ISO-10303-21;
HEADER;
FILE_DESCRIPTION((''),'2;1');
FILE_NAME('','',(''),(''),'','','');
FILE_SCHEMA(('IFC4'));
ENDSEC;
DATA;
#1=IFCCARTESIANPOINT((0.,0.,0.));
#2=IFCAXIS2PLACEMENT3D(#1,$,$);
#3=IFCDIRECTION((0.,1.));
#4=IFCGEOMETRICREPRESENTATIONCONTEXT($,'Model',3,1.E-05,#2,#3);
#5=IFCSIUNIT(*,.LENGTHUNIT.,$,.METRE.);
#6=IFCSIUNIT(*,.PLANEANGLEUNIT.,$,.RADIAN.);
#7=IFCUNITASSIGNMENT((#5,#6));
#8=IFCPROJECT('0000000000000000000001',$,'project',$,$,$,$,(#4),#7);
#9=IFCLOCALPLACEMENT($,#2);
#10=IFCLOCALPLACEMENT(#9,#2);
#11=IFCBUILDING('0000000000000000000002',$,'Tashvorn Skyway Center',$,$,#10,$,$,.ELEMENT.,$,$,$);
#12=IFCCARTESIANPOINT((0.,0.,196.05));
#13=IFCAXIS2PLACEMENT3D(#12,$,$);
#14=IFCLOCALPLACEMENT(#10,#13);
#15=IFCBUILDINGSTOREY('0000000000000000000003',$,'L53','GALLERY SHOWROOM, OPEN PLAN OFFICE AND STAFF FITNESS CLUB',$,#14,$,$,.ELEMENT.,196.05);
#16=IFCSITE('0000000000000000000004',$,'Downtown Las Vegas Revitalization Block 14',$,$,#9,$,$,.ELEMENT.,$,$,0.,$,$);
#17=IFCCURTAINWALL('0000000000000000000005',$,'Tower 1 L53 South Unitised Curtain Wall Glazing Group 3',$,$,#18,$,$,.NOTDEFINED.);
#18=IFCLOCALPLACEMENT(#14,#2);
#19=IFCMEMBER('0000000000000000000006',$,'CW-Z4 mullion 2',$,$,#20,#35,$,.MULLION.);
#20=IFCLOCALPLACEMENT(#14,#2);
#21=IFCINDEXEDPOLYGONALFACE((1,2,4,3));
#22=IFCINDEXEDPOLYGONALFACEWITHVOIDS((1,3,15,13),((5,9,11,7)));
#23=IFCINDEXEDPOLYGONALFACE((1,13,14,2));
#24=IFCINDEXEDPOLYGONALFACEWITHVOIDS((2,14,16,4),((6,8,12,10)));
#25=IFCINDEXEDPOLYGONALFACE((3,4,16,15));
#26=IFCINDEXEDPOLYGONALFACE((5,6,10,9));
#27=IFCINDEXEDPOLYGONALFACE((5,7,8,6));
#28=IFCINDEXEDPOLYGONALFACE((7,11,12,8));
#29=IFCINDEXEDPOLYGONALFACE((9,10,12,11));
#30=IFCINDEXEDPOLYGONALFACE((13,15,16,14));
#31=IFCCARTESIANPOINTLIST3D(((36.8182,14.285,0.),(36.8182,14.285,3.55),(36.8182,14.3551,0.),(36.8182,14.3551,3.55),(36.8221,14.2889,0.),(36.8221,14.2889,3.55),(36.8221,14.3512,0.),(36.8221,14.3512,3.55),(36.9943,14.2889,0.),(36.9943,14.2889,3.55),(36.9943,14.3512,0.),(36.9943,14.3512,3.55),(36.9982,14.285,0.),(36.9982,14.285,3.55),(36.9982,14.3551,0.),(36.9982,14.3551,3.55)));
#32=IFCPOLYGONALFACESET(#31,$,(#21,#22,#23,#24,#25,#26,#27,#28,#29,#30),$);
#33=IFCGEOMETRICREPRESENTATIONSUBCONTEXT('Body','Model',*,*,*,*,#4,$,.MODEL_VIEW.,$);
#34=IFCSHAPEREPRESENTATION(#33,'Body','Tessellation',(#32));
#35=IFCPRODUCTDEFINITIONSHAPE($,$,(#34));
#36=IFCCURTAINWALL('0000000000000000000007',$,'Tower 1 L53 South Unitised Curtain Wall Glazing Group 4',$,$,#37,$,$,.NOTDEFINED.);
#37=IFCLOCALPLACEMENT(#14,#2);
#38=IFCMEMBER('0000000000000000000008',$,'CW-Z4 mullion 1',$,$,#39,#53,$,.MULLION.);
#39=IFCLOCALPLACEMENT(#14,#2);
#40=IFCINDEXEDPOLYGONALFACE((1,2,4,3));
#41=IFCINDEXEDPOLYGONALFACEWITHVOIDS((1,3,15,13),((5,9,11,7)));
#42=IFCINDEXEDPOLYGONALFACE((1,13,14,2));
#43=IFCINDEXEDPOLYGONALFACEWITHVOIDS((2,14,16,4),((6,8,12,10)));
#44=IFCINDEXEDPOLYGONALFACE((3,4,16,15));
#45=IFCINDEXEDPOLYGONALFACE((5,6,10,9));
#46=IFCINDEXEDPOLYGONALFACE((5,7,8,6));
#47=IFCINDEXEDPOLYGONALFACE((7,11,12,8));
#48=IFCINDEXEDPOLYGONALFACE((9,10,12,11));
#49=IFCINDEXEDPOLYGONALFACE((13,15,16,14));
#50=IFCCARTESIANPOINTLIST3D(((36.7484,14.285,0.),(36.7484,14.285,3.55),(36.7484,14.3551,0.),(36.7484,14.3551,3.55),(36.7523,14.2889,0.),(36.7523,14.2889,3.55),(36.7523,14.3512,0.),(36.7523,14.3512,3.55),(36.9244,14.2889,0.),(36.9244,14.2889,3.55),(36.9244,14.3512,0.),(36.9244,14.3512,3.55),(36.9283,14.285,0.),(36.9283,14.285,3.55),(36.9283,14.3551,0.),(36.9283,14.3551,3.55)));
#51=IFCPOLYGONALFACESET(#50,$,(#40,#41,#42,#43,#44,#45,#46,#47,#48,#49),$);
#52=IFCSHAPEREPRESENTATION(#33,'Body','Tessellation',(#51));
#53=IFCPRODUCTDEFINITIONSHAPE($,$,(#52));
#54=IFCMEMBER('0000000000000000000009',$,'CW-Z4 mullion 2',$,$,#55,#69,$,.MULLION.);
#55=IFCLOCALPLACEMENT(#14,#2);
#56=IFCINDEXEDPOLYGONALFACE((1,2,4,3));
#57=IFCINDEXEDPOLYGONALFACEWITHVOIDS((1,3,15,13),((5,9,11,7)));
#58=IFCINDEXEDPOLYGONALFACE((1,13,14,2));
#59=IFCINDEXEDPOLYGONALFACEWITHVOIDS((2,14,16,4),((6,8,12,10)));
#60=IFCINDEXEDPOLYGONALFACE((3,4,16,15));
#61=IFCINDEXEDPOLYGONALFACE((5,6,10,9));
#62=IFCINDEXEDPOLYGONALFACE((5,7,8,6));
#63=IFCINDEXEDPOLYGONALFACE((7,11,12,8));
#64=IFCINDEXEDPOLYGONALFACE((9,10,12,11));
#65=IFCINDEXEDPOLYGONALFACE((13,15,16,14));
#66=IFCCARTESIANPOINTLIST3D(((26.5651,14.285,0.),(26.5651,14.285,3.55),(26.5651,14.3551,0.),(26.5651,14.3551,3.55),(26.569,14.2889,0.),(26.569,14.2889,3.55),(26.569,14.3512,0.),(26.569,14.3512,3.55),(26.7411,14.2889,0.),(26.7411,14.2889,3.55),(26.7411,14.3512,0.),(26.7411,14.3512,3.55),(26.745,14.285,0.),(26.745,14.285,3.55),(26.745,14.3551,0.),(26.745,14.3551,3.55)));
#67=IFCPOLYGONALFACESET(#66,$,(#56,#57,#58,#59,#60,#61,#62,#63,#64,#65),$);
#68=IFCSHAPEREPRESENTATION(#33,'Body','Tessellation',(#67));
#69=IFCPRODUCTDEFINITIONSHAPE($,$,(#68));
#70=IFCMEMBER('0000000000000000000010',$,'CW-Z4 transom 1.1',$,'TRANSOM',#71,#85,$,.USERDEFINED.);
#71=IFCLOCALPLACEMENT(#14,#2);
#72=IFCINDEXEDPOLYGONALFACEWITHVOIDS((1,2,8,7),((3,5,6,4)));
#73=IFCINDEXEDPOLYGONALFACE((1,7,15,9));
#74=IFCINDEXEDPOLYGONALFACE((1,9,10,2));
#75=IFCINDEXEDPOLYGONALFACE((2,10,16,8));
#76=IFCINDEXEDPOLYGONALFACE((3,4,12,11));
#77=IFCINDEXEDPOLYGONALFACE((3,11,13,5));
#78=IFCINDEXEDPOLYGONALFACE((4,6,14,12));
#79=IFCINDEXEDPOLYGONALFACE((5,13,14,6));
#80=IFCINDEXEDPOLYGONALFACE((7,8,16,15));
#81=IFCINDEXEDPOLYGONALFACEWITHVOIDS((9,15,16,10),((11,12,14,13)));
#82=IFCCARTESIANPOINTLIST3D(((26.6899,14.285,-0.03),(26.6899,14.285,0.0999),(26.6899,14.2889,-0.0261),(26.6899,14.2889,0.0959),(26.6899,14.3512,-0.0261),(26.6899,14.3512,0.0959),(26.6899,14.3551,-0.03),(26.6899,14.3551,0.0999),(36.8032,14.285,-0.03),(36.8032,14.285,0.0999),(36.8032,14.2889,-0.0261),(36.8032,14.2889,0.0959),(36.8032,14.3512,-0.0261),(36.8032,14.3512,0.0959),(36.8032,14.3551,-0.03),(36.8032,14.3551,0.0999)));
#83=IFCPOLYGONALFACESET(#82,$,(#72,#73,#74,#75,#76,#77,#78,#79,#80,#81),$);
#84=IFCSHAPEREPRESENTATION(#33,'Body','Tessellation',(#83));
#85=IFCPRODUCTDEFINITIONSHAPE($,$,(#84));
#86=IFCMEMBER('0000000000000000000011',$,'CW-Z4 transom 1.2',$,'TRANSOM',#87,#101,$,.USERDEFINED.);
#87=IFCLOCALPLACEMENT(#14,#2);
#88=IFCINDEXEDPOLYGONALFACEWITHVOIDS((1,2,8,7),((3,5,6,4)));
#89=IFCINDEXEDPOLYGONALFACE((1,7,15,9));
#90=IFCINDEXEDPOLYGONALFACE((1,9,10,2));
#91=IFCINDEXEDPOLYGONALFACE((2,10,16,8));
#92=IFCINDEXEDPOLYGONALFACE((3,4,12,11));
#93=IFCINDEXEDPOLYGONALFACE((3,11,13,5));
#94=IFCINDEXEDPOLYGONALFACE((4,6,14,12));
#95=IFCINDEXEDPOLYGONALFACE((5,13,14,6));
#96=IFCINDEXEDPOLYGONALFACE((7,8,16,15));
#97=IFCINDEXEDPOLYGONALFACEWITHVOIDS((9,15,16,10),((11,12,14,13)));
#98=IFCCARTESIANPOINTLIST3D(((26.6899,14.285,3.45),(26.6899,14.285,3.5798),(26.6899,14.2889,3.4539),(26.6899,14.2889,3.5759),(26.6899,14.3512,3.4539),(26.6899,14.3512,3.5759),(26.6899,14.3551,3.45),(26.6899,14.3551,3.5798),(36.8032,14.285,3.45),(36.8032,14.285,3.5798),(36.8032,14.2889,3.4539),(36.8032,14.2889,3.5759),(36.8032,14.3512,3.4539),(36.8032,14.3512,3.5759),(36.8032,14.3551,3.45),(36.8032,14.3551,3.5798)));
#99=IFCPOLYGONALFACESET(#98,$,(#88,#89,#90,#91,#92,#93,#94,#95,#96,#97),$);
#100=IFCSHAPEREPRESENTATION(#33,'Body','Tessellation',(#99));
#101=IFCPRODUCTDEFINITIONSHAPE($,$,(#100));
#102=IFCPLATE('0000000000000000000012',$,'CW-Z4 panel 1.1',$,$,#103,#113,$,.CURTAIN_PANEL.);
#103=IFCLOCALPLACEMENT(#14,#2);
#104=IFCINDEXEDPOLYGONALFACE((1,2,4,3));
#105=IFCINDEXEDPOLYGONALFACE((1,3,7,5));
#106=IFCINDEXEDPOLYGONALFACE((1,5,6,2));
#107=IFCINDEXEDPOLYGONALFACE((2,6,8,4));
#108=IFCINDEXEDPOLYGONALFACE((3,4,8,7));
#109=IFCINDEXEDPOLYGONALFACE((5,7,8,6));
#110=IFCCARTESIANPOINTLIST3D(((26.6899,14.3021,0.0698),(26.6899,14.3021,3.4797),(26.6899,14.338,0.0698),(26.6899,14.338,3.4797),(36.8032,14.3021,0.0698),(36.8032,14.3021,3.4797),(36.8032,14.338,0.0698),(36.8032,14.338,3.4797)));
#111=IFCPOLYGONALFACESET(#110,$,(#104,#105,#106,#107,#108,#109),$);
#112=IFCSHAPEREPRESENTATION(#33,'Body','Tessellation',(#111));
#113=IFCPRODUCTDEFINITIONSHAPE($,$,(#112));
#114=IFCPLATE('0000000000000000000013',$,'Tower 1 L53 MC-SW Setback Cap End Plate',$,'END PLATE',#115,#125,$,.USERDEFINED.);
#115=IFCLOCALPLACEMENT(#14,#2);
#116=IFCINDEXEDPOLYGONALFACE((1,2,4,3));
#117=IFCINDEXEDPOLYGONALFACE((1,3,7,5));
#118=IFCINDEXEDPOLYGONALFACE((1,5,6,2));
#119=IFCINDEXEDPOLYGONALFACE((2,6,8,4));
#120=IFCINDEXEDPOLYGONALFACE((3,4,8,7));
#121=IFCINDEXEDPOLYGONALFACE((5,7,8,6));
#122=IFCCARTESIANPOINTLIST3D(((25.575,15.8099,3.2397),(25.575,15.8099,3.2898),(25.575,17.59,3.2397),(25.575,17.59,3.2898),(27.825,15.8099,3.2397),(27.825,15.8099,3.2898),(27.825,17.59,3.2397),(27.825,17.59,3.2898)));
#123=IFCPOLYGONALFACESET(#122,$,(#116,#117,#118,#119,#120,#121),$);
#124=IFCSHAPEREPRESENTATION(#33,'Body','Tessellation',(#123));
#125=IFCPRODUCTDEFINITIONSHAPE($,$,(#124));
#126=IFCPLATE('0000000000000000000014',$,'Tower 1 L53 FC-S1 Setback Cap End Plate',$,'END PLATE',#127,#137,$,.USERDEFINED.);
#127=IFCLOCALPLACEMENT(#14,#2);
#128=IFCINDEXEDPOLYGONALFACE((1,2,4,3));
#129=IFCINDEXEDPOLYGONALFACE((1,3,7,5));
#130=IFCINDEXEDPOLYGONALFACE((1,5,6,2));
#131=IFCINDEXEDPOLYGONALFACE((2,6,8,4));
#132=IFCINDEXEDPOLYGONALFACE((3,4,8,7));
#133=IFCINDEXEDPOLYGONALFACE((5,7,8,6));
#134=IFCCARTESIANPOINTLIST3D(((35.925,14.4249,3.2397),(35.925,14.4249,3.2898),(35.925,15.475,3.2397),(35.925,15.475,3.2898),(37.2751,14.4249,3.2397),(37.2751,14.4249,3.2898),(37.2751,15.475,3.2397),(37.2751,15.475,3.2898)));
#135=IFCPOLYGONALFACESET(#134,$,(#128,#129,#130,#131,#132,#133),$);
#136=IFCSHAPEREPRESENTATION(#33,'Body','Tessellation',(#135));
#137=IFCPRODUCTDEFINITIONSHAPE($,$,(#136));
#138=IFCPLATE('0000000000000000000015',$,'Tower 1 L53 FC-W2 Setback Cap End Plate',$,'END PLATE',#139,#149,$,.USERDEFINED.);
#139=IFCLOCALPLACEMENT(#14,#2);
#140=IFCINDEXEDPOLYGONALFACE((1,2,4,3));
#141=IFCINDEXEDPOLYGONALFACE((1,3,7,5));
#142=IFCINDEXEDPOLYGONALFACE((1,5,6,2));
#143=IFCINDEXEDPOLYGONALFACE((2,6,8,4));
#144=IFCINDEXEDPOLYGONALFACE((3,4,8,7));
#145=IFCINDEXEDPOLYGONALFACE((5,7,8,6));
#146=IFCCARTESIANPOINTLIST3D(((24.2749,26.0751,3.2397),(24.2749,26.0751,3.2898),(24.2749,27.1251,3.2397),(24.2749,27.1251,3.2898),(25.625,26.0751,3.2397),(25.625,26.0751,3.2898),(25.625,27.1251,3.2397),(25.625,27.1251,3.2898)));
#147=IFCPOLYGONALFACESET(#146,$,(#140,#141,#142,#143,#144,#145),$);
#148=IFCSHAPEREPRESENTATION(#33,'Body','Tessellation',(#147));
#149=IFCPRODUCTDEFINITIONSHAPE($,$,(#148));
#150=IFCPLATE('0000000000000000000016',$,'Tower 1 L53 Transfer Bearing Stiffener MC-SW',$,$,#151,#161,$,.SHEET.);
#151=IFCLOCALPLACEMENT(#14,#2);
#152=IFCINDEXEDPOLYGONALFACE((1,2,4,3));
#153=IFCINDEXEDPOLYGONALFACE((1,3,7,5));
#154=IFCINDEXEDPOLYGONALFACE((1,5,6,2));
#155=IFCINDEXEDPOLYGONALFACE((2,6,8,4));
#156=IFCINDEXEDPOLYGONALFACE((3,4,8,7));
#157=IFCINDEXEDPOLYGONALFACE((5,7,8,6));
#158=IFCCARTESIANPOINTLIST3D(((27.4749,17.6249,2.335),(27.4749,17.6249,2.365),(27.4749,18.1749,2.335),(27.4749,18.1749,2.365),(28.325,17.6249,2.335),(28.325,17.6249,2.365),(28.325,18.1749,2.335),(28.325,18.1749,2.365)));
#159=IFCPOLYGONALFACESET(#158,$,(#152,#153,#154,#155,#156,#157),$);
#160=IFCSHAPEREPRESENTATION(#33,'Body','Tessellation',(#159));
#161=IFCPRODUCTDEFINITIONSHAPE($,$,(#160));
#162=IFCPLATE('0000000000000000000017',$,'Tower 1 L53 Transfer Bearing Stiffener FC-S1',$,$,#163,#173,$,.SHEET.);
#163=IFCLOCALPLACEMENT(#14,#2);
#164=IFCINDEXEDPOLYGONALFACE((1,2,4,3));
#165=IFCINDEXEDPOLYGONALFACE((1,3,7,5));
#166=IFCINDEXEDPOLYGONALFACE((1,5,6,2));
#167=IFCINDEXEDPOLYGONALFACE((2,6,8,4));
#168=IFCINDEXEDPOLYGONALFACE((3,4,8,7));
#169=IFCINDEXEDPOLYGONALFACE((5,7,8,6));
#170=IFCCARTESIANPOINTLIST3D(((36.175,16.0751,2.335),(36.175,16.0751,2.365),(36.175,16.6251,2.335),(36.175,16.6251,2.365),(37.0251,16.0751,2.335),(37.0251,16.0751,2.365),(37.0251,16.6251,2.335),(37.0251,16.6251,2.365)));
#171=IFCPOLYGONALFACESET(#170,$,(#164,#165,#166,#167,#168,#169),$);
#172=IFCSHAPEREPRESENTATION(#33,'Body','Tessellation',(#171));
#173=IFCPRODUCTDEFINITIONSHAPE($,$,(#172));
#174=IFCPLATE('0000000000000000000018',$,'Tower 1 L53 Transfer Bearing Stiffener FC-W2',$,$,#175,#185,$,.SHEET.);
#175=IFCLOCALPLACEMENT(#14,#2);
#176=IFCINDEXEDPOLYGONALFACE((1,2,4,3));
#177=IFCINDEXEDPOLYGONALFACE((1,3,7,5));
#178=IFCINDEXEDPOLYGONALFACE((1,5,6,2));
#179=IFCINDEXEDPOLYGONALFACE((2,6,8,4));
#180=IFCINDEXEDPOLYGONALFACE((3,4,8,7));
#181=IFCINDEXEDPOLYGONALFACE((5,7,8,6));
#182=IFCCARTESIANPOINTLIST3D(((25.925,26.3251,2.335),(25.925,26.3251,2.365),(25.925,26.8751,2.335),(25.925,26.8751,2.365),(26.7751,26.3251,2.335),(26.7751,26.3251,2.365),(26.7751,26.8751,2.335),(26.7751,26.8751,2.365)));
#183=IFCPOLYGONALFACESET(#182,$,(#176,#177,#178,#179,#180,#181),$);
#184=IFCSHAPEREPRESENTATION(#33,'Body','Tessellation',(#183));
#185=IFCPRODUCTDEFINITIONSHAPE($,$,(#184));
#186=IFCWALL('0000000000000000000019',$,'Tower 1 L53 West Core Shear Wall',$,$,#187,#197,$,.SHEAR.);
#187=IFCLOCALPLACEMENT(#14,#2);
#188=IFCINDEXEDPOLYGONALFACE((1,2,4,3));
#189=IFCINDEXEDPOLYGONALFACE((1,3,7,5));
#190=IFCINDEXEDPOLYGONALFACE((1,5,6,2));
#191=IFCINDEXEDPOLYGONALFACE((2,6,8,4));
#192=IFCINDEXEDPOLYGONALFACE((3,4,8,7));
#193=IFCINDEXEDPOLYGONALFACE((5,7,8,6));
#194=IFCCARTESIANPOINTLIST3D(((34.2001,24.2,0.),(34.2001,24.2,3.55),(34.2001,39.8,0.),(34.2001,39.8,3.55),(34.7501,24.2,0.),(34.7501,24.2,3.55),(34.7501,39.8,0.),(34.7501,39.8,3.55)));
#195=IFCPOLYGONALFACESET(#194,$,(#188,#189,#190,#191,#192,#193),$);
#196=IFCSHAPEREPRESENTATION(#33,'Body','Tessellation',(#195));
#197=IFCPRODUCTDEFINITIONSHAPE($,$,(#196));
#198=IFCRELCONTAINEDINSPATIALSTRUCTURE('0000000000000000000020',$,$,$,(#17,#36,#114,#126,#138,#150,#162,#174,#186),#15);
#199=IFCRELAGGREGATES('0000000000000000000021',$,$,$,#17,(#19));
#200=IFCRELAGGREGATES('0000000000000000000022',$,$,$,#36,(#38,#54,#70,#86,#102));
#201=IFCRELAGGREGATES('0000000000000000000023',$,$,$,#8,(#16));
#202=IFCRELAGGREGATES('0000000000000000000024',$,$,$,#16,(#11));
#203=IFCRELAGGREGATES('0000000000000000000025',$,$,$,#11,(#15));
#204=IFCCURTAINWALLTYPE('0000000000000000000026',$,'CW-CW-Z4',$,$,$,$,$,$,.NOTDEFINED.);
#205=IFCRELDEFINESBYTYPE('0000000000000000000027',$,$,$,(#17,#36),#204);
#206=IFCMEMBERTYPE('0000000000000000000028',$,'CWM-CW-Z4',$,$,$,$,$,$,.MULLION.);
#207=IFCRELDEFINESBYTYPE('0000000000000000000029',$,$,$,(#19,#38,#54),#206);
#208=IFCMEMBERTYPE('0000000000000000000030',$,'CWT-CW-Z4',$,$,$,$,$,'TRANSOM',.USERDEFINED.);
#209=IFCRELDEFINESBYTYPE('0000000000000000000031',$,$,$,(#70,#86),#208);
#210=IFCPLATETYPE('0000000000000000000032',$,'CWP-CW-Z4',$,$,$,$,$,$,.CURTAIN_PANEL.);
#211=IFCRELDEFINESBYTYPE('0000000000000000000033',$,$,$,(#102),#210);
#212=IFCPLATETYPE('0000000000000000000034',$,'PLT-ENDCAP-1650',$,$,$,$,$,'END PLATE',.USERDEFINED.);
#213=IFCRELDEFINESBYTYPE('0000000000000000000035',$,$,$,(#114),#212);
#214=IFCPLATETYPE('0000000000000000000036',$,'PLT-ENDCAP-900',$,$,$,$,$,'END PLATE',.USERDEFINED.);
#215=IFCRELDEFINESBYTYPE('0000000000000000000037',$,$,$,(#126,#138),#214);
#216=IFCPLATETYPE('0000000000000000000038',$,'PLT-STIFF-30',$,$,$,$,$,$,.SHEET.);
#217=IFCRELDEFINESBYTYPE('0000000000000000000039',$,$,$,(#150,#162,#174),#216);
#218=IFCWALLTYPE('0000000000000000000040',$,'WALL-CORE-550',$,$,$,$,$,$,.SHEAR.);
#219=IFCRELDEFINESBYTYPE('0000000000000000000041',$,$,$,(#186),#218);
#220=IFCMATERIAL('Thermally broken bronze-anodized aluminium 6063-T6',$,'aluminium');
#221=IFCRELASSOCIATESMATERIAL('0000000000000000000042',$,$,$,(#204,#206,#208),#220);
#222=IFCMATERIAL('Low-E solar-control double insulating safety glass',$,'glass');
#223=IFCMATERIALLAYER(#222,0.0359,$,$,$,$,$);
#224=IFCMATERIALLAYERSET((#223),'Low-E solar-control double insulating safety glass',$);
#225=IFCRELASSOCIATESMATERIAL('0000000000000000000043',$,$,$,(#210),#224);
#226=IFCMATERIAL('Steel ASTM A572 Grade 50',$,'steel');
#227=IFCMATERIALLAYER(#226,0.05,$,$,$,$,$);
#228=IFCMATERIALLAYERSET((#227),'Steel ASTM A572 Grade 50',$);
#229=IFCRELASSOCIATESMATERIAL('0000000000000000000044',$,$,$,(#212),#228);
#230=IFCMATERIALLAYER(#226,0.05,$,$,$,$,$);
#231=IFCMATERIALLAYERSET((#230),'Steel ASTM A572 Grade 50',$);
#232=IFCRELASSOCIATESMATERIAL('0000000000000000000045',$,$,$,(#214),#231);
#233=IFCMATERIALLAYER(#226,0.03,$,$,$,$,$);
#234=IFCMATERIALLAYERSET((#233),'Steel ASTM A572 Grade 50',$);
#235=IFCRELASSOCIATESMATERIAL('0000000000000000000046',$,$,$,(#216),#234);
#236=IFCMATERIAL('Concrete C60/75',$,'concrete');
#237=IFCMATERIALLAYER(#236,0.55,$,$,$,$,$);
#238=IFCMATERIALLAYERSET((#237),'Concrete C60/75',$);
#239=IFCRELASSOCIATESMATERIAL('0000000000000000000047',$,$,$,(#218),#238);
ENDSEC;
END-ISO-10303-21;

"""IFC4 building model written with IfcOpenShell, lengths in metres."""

from ifc_helpers import new_model, si_unit, direction, frame, frame_2d, origin, origin_2d, place, context, subcontext, project, spatial, rectangle, hollow_rectangle, extrude, material, layer, layer_set, material_profile, profile_set, type_object, element, aggregate, save


model = new_model("IFC4")

# Units and contexts
model_context = context("Model", 3, precision=1e-05, world=origin(), true_north=direction((0.0, 1.0)))
body_context = subcontext(model_context, "Body", "Model", "MODEL_VIEW")
ifc_project = project(units=[si_unit("LENGTHUNIT", "METRE"), si_unit("PLANEANGLEUNIT", "RADIAN")], contexts=[model_context])

# Site, building, storey
site_placement = place(None, origin())
site = spatial("IfcSite", under=ifc_project, at=site_placement, Name="Downtown Las Vegas Revitalization Block 14", CompositionType="ELEMENT", RefElevation=0.0)
building_placement = place(site_placement, origin())
building = spatial("IfcBuilding", under=site, at=building_placement, Name="Tashvorn Skyway Center", CompositionType="ELEMENT")
storey_placement = place(building_placement, frame((0.0, 0.0, 196.05)))
storey = spatial("IfcBuildingStorey", under=building, at=storey_placement, Name="L53", Description="GALLERY SHOWROOM, OPEN PLAN OFFICE AND STAFF FITNESS CLUB", CompositionType="ELEMENT", Elevation=196.05)

# Shared definitions
ifc_material_1 = material(Name="Steel ASTM A572 Grade 50", Category="steel")

# Curtain wall, member
ifc_material_2 = material(Name="Thermally broken bronze-anodized aluminium 6063-T6", Category="aluminium")
curtain_wall_type = type_object("IfcCurtainWallType", Name="CW-CW-Z4", PredefinedType="NOTDEFINED", material=ifc_material_2)
curtain_wall_1_placement = place(storey_placement, origin())
curtain_wall_1 = element("IfcCurtainWall", 1, at=curtain_wall_1_placement, inside=storey, type_object=curtain_wall_type, Name="Tower 1 L53 South Unitised Curtain Wall Glazing Group 3", PredefinedType="NOTDEFINED")
ifc_material_profile_1 = material_profile(ifc_material_2, hollow_rectangle(XDim=0.0701, YDim=0.1799, WallThickness=0.0039, at=origin_2d()), Name="ALU-MULL-70x180")
ifc_profile_set_1 = profile_set([ifc_material_profile_1], Name="Thermally broken bronze-anodized aluminium 6063-T6")
member_type_1 = type_object("IfcMemberType", Name="CWM-CW-Z4", PredefinedType="MULLION", material=ifc_profile_set_1)
member_1_placement = place(storey_placement, frame((36.9082, 14.3201, 0.0), z_axis=(0.0, 0.0, 1.0), x_axis=(0.0, -1.0, 0.0)))
member_1 = element("IfcMember", 2, at=member_1_placement, type_object=member_type_1, Name="CW-Z4 mullion 2", PredefinedType="MULLION", context=body_context, shape_type="SweptSolid", body=[
    extrude(hollow_rectangle(XDim=0.0701, YDim=0.1799, WallThickness=0.0039, at=origin_2d()), origin(), (0.0, 0.0, 1.0), 3.55),
])
aggregate(curtain_wall_1, [member_1])

# Curtain wall, members, plate
curtain_wall_2_placement = place(storey_placement, origin())
curtain_wall_2 = element("IfcCurtainWall", 3, at=curtain_wall_2_placement, inside=storey, type_object=curtain_wall_type, Name="Tower 1 L53 South Unitised Curtain Wall Glazing Group 4", PredefinedType="NOTDEFINED")
member_2_placement = place(storey_placement, frame((36.8384, 14.3201, 0.0), z_axis=(0.0, 0.0, 1.0), x_axis=(0.0, -1.0, 0.0)))
member_2 = element("IfcMember", 4, at=member_2_placement, type_object=member_type_1, Name="CW-Z4 mullion 1", PredefinedType="MULLION", context=body_context, shape_type="SweptSolid", body=[
    extrude(hollow_rectangle(XDim=0.0701, YDim=0.1799, WallThickness=0.0039, at=origin_2d()), origin(), (0.0, 0.0, 1.0), 3.55),
])
member_3_placement = place(storey_placement, frame((26.655, 14.3201, 0.0), z_axis=(0.0, 0.0, 1.0), x_axis=(0.0, -1.0, 0.0)))
member_3 = element("IfcMember", 5, at=member_3_placement, type_object=member_type_1, Name="CW-Z4 mullion 2", PredefinedType="MULLION", context=body_context, shape_type="SweptSolid", body=[
    extrude(hollow_rectangle(XDim=0.0701, YDim=0.1799, WallThickness=0.0039, at=origin_2d()), origin(), (0.0, 0.0, 1.0), 3.55),
])
ifc_material_profile_2 = material_profile(ifc_material_2, hollow_rectangle(XDim=0.0701, YDim=0.1299, WallThickness=0.0039, at=origin_2d()), Name="ALU-TRAN-70x130")
ifc_profile_set_2 = profile_set([ifc_material_profile_2], Name="Thermally broken bronze-anodized aluminium 6063-T6")
member_type_2 = type_object("IfcMemberType", Name="CWT-CW-Z4", ElementType="TRANSOM", PredefinedType="USERDEFINED", material=ifc_profile_set_2)
member_4_placement = place(storey_placement, frame((36.8032, 14.3201, 0.0349), z_axis=(-1.0, 0.0, 0.0), x_axis=(0.0, -1.0, 0.0)))
member_4 = element("IfcMember", 6, at=member_4_placement, type_object=member_type_2, Name="CW-Z4 transom 1.1", ObjectType="TRANSOM", PredefinedType="USERDEFINED", context=body_context, shape_type="SweptSolid", body=[
    extrude(hollow_rectangle(XDim=0.0701, YDim=0.1299, WallThickness=0.0039, at=origin_2d()), origin(), (0.0, 0.0, 1.0), 10.1133),
])
member_5_placement = place(storey_placement, frame((36.8032, 14.3201, 3.5149), z_axis=(-1.0, 0.0, 0.0), x_axis=(0.0, -1.0, 0.0)))
member_5 = element("IfcMember", 7, at=member_5_placement, type_object=member_type_2, Name="CW-Z4 transom 1.2", ObjectType="TRANSOM", PredefinedType="USERDEFINED", context=body_context, shape_type="SweptSolid", body=[
    extrude(hollow_rectangle(XDim=0.0701, YDim=0.1299, WallThickness=0.0039, at=origin_2d()), origin(), (0.0, 0.0, 1.0), 10.1133),
])
ifc_material_3 = material(Name="Low-E solar-control double insulating safety glass", Category="glass")
ifc_layer_1 = layer(ifc_material_3, 0.0359)
ifc_layer_set_1 = layer_set([ifc_layer_1], Name="Low-E solar-control double insulating safety glass")
plate_type_1 = type_object("IfcPlateType", Name="CWP-CW-Z4", PredefinedType="CURTAIN_PANEL", material=ifc_layer_set_1)
plate_1_placement = place(storey_placement, frame((31.7466, 14.3201, 0.0698), z_axis=(0.0, 0.0, 1.0), x_axis=(-1.0, 0.0, 0.0)))
plate_1 = element("IfcPlate", 8, at=plate_1_placement, type_object=plate_type_1, Name="CW-Z4 panel 1.1", PredefinedType="CURTAIN_PANEL", context=body_context, shape_type="SweptSolid", body=[
    extrude(rectangle(XDim=10.1133, YDim=0.0359, at=origin_2d()), origin(), (0.0, 0.0, 1.0), 3.4099),
])
aggregate(curtain_wall_2, [member_2, member_3, member_4, member_5, plate_1])

# Plates
ifc_layer_2 = layer(ifc_material_1, 0.05)
ifc_layer_set_2 = layer_set([ifc_layer_2], Name="Steel ASTM A572 Grade 50")
plate_type_2 = type_object("IfcPlateType", Name="PLT-ENDCAP-1650", ElementType="END PLATE", PredefinedType="USERDEFINED", material=ifc_layer_set_2)
plate_2_placement = place(storey_placement, frame((26.7, 16.7, 3.2397), z_axis=(0.0, 0.0, 1.0), x_axis=(1.0, 0.0, 0.0)))
element("IfcPlate", 9, at=plate_2_placement, inside=storey, type_object=plate_type_2, Name="Tower 1 L53 MC-SW Setback Cap End Plate", ObjectType="END PLATE", PredefinedType="USERDEFINED", context=body_context, shape_type="SweptSolid", body=[
    extrude(rectangle(XDim=2.25, YDim=1.78, at=origin_2d()), origin(), (0.0, 0.0, 1.0), 0.05),
])
ifc_layer_3 = layer(ifc_material_1, 0.05)
ifc_layer_set_3 = layer_set([ifc_layer_3], Name="Steel ASTM A572 Grade 50")
plate_type_3 = type_object("IfcPlateType", Name="PLT-ENDCAP-900", ElementType="END PLATE", PredefinedType="USERDEFINED", material=ifc_layer_set_3)
for number, where, z_axis, x_axis, name in (
    (10, (36.6001, 14.95, 3.2397), (0.0, 0.0, 1.0), (1.0, 0.0, 0.0), "Tower 1 L53 FC-S1 Setback Cap End Plate"),
    (11, (24.95, 26.6001, 3.2397), (0.0, 0.0, 1.0), (1.0, 0.0, 0.0), "Tower 1 L53 FC-W2 Setback Cap End Plate"),
):
    element("IfcPlate", number, at=place(storey_placement, frame(where, z_axis=z_axis, x_axis=x_axis)), inside=storey, type_object=plate_type_3, Name=name, ObjectType="END PLATE", PredefinedType="USERDEFINED", context=body_context, shape_type="SweptSolid", body=[
        extrude(rectangle(XDim=1.3501, YDim=1.05, at=origin_2d()), origin(), (0.0, 0.0, 1.0), 0.05),
    ])
ifc_layer_4 = layer(ifc_material_1, 0.03)
ifc_layer_set_4 = layer_set([ifc_layer_4], Name="Steel ASTM A572 Grade 50")
plate_type_4 = type_object("IfcPlateType", Name="PLT-STIFF-30", PredefinedType="SHEET", material=ifc_layer_set_4)
for number, where, z_axis, x_axis, name in (
    (12, (27.8999, 17.8999, 2.335), (0.0, 0.0, 1.0), (1.0, 0.0, 0.0), "Tower 1 L53 Transfer Bearing Stiffener MC-SW"),
    (13, (36.6001, 16.3501, 2.335), (0.0, 0.0, 1.0), (1.0, 0.0, 0.0), "Tower 1 L53 Transfer Bearing Stiffener FC-S1"),
    (14, (26.3501, 26.6001, 2.335), (0.0, 0.0, 1.0), (1.0, 0.0, 0.0), "Tower 1 L53 Transfer Bearing Stiffener FC-W2"),
):
    element("IfcPlate", number, at=place(storey_placement, frame(where, z_axis=z_axis, x_axis=x_axis)), inside=storey, type_object=plate_type_4, Name=name, PredefinedType="SHEET", context=body_context, shape_type="SweptSolid", body=[
        extrude(rectangle(XDim=0.8501, YDim=0.55, at=origin_2d()), origin(), (0.0, 0.0, 1.0), 0.03),
    ])

# Wall
ifc_material_4 = material(Name="Concrete C60/75", Category="concrete")
ifc_layer_5 = layer(ifc_material_4, 0.55)
ifc_layer_set_5 = layer_set([ifc_layer_5], Name="Concrete C60/75")
wall_type_1 = type_object("IfcWallType", Name="WALL-CORE-550", PredefinedType="SHEAR", material=ifc_layer_set_5)
wall_1_placement = place(storey_placement, frame((34.4751, 24.2, 0.0), z_axis=(0.0, 0.0, 1.0), x_axis=(0.0, 1.0, 0.0)))
element("IfcWall", 15, at=wall_1_placement, inside=storey, type_object=wall_type_1, Name="Tower 1 L53 West Core Shear Wall", PredefinedType="SHEAR", context=body_context, shape_type="SweptSolid", body=[
    extrude(rectangle(XDim=15.6001, YDim=0.55, at=frame_2d((7.8, 0.0))), origin(), (0.0, 0.0, 1.0), 3.55),
])

save(model, "model.ifc")
